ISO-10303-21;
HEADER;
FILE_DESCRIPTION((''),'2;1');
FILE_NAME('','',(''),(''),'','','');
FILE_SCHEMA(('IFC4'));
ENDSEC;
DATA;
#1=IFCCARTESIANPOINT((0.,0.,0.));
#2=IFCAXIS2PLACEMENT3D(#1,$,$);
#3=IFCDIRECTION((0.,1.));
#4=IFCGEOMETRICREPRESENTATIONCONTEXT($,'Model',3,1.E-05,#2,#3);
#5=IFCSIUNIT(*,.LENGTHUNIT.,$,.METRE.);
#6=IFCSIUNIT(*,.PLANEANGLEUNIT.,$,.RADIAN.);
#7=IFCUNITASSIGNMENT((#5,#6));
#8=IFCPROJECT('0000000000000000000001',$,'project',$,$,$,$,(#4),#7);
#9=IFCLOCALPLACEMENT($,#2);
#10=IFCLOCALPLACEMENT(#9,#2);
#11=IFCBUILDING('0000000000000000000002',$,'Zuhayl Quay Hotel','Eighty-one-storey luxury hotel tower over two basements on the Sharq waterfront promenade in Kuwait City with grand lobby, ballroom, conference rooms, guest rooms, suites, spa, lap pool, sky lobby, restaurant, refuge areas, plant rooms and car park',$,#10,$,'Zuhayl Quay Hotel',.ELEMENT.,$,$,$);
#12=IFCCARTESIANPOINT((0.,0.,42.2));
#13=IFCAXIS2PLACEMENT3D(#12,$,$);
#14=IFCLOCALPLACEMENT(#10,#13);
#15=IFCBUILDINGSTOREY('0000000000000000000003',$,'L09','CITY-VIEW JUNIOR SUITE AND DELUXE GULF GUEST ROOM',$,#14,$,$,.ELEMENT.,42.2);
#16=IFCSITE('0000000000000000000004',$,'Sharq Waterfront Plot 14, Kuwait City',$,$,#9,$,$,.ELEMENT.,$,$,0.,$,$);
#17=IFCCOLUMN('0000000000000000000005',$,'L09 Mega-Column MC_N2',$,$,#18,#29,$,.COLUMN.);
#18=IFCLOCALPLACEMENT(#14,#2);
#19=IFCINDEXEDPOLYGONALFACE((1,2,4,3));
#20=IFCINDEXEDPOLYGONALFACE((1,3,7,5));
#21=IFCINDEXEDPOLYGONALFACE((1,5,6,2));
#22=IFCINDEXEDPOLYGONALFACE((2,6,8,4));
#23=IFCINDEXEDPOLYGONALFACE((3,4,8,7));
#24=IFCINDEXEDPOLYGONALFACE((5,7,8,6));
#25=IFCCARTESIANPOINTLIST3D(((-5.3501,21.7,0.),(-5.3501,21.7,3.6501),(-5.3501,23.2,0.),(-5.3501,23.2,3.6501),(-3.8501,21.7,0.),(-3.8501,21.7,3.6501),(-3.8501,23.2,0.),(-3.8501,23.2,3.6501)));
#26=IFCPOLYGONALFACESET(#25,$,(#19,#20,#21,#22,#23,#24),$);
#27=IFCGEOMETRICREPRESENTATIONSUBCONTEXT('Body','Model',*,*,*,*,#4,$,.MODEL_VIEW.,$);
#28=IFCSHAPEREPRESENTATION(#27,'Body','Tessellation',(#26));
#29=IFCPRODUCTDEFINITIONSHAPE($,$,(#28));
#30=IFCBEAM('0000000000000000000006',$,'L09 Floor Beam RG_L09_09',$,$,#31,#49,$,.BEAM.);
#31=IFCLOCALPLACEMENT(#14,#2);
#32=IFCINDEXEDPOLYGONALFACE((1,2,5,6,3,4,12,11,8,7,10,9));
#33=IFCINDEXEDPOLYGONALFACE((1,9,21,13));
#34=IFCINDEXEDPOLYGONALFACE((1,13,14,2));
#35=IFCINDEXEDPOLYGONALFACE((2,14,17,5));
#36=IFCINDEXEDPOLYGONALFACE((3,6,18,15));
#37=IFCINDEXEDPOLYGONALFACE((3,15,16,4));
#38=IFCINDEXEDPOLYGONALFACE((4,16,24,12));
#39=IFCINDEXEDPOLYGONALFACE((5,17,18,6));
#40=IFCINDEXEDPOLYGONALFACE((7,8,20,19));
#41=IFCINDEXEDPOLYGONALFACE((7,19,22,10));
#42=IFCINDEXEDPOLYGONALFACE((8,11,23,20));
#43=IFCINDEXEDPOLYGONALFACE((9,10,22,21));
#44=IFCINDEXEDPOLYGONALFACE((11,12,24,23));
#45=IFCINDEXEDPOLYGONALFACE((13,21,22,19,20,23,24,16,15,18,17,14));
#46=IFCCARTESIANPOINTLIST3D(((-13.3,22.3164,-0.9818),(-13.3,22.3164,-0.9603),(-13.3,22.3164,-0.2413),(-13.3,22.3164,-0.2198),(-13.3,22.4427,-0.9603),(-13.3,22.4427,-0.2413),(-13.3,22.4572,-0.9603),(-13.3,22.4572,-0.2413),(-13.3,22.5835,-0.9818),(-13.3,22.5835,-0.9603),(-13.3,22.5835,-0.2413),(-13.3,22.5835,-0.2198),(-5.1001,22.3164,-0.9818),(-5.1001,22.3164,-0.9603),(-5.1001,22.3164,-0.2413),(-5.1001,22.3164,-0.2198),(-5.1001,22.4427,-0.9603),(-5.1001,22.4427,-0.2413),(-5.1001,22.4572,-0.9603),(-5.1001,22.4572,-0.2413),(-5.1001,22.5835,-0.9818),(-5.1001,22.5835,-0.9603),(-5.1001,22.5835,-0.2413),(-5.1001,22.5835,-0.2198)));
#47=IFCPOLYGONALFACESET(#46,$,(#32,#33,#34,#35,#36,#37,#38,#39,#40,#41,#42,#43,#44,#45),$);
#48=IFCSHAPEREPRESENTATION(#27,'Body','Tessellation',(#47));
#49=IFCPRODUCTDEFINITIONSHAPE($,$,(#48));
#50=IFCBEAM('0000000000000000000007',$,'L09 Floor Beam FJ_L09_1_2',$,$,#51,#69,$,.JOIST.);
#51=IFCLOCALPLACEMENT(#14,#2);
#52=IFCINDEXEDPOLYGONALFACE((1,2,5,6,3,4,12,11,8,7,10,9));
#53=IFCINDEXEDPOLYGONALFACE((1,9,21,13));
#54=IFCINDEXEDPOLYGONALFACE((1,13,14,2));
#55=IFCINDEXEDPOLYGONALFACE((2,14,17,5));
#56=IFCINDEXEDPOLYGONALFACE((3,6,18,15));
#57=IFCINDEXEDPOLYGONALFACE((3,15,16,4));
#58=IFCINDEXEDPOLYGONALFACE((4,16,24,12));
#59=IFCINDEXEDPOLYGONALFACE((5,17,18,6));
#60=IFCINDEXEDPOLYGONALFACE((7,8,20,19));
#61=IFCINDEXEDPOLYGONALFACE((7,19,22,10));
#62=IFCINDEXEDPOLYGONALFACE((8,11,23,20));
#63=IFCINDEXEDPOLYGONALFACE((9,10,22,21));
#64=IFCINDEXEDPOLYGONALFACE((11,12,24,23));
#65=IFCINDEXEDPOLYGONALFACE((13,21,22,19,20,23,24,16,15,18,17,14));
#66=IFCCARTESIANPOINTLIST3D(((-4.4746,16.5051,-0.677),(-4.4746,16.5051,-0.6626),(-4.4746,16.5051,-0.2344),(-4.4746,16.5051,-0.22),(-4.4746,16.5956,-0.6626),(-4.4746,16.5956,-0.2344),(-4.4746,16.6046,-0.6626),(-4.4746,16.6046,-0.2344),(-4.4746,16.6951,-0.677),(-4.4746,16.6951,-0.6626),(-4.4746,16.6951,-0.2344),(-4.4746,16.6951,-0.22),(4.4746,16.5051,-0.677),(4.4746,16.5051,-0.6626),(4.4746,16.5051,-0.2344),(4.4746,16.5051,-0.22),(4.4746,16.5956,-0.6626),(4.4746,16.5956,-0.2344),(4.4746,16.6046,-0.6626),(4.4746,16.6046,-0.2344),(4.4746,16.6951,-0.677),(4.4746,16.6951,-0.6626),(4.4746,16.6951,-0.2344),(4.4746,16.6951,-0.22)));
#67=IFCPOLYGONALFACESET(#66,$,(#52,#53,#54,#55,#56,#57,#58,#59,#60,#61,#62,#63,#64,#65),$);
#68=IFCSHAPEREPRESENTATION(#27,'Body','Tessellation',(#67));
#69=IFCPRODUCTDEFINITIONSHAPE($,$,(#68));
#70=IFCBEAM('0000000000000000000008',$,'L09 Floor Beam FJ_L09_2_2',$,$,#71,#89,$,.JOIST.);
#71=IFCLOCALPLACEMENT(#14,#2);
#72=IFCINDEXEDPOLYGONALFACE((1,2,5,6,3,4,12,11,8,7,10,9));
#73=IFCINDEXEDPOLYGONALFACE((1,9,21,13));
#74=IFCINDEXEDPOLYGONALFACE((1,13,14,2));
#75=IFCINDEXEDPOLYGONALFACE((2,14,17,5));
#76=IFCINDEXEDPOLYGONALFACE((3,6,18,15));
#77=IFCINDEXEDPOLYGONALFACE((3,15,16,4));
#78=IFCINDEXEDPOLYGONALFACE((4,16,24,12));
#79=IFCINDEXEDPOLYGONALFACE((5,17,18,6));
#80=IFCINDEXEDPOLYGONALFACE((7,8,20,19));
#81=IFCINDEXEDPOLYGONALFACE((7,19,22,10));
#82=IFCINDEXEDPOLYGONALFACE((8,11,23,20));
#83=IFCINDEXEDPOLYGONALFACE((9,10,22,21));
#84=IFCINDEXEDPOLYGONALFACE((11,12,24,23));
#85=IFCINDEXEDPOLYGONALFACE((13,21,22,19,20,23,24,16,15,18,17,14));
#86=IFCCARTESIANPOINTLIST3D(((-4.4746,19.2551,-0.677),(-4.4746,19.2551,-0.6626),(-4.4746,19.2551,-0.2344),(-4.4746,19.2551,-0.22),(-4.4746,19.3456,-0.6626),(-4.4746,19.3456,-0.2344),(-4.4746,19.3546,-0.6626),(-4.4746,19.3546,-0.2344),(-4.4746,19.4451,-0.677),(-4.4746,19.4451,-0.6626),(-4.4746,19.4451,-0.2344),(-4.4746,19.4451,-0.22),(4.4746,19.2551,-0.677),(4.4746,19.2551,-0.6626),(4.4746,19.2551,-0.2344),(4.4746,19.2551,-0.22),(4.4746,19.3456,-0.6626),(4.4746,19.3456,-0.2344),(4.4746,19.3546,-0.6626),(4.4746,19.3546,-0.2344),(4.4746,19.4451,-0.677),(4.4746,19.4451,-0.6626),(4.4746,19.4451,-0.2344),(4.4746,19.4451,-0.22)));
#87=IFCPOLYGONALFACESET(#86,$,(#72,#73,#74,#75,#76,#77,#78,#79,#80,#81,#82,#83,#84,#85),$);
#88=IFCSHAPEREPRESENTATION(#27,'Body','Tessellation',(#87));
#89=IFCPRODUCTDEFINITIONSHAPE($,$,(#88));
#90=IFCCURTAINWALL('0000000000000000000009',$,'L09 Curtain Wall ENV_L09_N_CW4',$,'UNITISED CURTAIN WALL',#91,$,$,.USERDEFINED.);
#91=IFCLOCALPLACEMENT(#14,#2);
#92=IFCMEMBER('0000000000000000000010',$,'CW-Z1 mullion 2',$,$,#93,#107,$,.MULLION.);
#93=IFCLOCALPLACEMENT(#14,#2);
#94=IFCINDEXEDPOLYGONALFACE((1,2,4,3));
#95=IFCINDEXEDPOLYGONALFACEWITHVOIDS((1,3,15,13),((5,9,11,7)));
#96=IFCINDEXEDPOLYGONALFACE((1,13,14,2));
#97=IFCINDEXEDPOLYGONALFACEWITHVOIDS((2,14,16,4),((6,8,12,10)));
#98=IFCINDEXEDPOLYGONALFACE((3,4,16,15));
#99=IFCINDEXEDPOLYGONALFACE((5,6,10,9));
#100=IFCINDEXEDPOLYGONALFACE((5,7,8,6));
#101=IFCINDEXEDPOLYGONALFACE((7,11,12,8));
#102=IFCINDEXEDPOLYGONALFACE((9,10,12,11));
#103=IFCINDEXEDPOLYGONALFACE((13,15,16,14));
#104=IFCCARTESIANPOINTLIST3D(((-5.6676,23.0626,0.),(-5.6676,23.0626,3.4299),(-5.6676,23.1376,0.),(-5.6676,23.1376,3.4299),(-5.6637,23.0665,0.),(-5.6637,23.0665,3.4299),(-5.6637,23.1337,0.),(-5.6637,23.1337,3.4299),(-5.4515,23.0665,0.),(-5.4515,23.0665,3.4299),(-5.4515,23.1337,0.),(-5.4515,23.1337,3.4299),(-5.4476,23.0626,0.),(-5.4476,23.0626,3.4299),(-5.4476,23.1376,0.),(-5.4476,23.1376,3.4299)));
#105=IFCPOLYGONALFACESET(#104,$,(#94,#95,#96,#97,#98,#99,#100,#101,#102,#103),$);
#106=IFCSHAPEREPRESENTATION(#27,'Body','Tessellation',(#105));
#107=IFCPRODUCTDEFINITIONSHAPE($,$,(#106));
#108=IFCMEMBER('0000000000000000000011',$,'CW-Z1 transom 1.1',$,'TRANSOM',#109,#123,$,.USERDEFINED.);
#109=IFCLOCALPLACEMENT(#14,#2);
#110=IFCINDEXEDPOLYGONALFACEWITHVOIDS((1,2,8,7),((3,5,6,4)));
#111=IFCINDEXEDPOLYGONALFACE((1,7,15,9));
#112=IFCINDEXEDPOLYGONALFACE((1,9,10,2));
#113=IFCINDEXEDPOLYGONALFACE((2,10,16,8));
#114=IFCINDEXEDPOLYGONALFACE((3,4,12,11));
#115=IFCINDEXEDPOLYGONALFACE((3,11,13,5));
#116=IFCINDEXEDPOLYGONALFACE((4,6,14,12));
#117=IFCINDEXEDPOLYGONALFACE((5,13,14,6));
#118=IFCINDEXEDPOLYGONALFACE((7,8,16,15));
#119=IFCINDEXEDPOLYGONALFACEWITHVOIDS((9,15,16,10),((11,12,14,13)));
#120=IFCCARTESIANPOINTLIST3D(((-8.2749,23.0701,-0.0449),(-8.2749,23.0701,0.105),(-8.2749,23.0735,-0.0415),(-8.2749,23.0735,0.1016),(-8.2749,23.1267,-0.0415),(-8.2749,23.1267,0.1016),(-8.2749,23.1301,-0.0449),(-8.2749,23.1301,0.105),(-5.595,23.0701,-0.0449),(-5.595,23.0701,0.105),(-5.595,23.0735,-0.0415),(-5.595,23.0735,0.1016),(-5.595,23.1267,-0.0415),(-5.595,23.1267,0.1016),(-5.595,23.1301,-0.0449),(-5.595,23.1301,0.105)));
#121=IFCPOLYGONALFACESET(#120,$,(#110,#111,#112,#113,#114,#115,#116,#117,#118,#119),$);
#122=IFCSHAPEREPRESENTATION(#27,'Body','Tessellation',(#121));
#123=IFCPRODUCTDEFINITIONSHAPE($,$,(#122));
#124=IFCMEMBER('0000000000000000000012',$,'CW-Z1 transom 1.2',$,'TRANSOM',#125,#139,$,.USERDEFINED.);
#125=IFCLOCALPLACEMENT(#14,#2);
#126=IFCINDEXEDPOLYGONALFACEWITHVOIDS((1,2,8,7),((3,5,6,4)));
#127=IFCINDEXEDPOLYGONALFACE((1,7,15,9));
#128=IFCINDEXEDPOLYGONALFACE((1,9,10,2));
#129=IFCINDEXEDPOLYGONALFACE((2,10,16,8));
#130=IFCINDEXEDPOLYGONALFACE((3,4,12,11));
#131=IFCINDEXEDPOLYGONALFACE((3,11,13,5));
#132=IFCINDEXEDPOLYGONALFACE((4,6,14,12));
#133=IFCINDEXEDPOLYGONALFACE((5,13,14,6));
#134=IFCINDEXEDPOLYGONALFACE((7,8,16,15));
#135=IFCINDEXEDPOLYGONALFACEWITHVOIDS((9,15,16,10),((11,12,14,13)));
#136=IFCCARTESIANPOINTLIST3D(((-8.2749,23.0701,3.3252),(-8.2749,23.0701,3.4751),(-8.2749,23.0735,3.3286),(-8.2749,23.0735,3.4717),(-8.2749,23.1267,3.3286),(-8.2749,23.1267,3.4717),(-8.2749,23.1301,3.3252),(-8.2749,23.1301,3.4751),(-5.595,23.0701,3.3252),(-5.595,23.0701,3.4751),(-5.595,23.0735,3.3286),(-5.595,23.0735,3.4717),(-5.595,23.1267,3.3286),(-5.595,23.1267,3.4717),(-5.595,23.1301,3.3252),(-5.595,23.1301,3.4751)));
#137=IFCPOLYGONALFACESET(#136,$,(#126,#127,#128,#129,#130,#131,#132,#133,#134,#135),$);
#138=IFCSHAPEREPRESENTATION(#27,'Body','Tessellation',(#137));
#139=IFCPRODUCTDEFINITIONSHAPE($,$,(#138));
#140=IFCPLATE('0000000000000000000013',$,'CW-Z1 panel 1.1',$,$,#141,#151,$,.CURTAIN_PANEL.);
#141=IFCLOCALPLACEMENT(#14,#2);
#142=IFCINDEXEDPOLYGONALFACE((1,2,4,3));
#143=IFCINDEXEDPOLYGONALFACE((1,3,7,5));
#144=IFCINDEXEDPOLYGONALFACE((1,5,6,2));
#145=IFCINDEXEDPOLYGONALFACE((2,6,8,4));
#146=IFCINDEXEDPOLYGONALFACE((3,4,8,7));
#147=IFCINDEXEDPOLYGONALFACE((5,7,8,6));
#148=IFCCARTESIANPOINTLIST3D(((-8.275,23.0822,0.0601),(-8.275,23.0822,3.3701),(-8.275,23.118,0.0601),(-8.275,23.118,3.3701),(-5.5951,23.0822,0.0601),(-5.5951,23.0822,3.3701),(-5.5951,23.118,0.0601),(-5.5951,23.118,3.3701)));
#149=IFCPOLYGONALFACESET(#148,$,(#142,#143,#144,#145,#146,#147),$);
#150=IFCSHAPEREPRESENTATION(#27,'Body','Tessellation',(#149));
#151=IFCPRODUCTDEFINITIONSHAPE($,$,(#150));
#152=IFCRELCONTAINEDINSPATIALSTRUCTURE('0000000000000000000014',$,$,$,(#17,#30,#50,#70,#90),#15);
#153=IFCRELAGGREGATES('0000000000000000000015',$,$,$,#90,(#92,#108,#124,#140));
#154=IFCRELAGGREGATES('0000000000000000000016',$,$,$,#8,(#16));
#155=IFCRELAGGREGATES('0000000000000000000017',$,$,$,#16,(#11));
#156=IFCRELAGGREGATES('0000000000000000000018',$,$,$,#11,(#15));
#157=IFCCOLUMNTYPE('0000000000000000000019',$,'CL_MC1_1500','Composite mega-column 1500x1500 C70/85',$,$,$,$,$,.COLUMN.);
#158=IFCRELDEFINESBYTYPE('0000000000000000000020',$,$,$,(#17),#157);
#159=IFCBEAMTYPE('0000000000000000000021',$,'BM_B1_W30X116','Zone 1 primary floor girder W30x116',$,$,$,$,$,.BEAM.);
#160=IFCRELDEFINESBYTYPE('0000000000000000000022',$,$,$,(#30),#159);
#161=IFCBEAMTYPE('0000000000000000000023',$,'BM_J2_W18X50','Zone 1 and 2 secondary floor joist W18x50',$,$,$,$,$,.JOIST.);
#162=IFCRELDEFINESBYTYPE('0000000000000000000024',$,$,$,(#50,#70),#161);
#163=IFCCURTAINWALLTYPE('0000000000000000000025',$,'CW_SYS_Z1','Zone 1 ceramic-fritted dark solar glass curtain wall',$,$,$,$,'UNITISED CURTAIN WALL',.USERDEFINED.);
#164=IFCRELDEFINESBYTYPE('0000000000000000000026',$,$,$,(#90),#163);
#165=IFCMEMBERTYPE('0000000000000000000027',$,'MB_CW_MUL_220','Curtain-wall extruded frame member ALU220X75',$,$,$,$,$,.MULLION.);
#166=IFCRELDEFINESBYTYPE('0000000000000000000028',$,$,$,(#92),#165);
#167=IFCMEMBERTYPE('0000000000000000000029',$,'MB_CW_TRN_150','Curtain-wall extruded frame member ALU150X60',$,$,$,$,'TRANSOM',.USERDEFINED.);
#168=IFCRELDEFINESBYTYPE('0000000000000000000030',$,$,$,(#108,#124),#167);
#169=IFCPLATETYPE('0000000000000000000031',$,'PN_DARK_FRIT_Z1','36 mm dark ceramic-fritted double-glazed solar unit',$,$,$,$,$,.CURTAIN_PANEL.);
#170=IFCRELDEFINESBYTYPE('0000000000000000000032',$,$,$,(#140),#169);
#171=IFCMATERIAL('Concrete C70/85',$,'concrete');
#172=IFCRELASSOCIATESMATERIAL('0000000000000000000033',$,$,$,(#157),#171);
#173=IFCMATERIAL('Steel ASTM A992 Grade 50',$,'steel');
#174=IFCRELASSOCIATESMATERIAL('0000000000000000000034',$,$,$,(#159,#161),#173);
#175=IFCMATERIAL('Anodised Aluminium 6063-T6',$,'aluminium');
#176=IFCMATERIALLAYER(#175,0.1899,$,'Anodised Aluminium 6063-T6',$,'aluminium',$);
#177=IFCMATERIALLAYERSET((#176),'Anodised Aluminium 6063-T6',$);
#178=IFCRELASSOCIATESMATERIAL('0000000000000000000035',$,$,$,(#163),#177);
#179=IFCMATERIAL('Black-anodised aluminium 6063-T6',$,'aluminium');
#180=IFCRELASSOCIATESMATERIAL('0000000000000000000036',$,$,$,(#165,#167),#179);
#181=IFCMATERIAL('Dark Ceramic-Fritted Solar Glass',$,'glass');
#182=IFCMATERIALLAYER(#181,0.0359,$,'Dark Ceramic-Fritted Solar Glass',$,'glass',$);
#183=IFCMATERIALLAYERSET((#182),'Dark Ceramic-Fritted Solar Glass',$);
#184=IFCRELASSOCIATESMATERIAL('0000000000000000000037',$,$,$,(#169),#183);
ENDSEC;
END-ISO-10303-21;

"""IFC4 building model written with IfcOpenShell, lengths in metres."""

from ifc_helpers import new_model, si_unit, direction, frame, origin, origin_2d, place, context, subcontext, project, spatial, rectangle, hollow_rectangle, i_section, extrude, material, layer, layer_set, material_profile, profile_set, type_object, element, aggregate, save


model = new_model("IFC4")

# Units and contexts
model_context = context("Model", 3, precision=1e-05, world=origin(), true_north=direction((0.0, 1.0)))
body_context = subcontext(model_context, "Body", "Model", "MODEL_VIEW")
ifc_project = project(units=[si_unit("LENGTHUNIT", "METRE"), si_unit("PLANEANGLEUNIT", "RADIAN")], contexts=[model_context])

# Site, building, storey
site_placement = place(None, origin())
site = spatial("IfcSite", under=ifc_project, at=site_placement, Name="Sharq Waterfront Plot 14, Kuwait City", CompositionType="ELEMENT", RefElevation=0.0)
building_placement = place(site_placement, origin())
building = spatial("IfcBuilding", under=site, at=building_placement, Name="Zuhayl Quay Hotel", Description="Eighty-one-storey luxury hotel tower over two basements on the Sharq waterfront promenade in Kuwait City with grand lobby, ballroom, conference rooms, guest rooms, suites, spa, lap pool, sky lobby, restaurant, refuge areas, plant rooms and car park", LongName="Zuhayl Quay Hotel", CompositionType="ELEMENT")
storey_placement = place(building_placement, frame((0.0, 0.0, 42.2)))
storey = spatial("IfcBuildingStorey", under=building, at=storey_placement, Name="L09", Description="CITY-VIEW JUNIOR SUITE AND DELUXE GULF GUEST ROOM", CompositionType="ELEMENT", Elevation=42.2)

# Column
ifc_material_1 = material(Name="Concrete C70/85", Category="concrete")
ifc_material_profile_1 = material_profile(ifc_material_1, rectangle(XDim=1.5, YDim=1.5, at=origin_2d()), Name="RC1500X1500")
ifc_profile_set_1 = profile_set([ifc_material_profile_1], Name="Concrete C70/85")
column_type = type_object("IfcColumnType", Name="CL_MC1_1500", Description="Composite mega-column 1500x1500 C70/85", PredefinedType="COLUMN", material=ifc_profile_set_1)
column_placement = place(storey_placement, frame((-4.6001, 22.45, 0.0), z_axis=(0.0, 0.0, 1.0), x_axis=(1.0, 0.0, 0.0)))
element("IfcColumn", 1, at=column_placement, inside=storey, type_object=column_type, Name="L09 Mega-Column MC_N2", PredefinedType="COLUMN", context=body_context, shape_type="SweptSolid", body=[
    extrude(rectangle(XDim=1.5, YDim=1.5, at=origin_2d()), origin(), (0.0, 0.0, 1.0), 3.6501),
])

# Beams
ifc_material_2 = material(Name="Steel ASTM A992 Grade 50", Category="steel")
ifc_material_profile_2 = material_profile(ifc_material_2, i_section(OverallWidth=0.2671, OverallDepth=0.762, WebThickness=0.0144, FlangeThickness=0.0215, at=origin_2d()), Name="W30X116")
ifc_profile_set_2 = profile_set([ifc_material_profile_2], Name="Steel ASTM A992 Grade 50")
beam_type_1 = type_object("IfcBeamType", Name="BM_B1_W30X116", Description="Zone 1 primary floor girder W30x116", PredefinedType="BEAM", material=ifc_profile_set_2)
beam_placement = place(storey_placement, frame((-5.1001, 22.45, -0.6008), z_axis=(-1.0, 0.0, 0.0), x_axis=(0.0, -1.0, 0.0)))
element("IfcBeam", 2, at=beam_placement, inside=storey, type_object=beam_type_1, Name="L09 Floor Beam RG_L09_09", PredefinedType="BEAM", context=body_context, shape_type="SweptSolid", body=[
    extrude(i_section(OverallWidth=0.2671, OverallDepth=0.762, WebThickness=0.0144, FlangeThickness=0.0215, at=origin_2d()), origin(), (0.0, 0.0, 1.0), 8.2),
])
ifc_material_profile_3 = material_profile(ifc_material_2, i_section(OverallWidth=0.1899, OverallDepth=0.457, WebThickness=0.009, FlangeThickness=0.0144, at=origin_2d()), Name="W18X50")
ifc_profile_set_3 = profile_set([ifc_material_profile_3], Name="Steel ASTM A992 Grade 50")
beam_type_2 = type_object("IfcBeamType", Name="BM_J2_W18X50", Description="Zone 1 and 2 secondary floor joist W18x50", PredefinedType="JOIST", material=ifc_profile_set_3)
for number, where, z_axis, x_axis, name in (
    (3, (-4.4746, 16.6001, -0.4485), (1.0, 0.0, 0.0), (0.0, 1.0, 0.0), "L09 Floor Beam FJ_L09_1_2"),
    (4, (-4.4746, 19.3501, -0.4485), (1.0, 0.0, 0.0), (0.0, 1.0, 0.0), "L09 Floor Beam FJ_L09_2_2"),
):
    element("IfcBeam", number, at=place(storey_placement, frame(where, z_axis=z_axis, x_axis=x_axis)), inside=storey, type_object=beam_type_2, Name=name, PredefinedType="JOIST", context=body_context, shape_type="SweptSolid", body=[
        extrude(i_section(OverallWidth=0.1899, OverallDepth=0.457, WebThickness=0.009, FlangeThickness=0.0144, at=origin_2d()), origin(), (0.0, 0.0, 1.0), 8.9492),
    ])

# Curtain wall, members, plate
ifc_material_3 = material(Name="Anodised Aluminium 6063-T6", Category="aluminium")
ifc_layer_1 = layer(ifc_material_3, 0.1899, Name="Anodised Aluminium 6063-T6", Category="aluminium")
ifc_layer_set_1 = layer_set([ifc_layer_1], Name="Anodised Aluminium 6063-T6")
curtain_wall_type = type_object("IfcCurtainWallType", Name="CW_SYS_Z1", Description="Zone 1 ceramic-fritted dark solar glass curtain wall", ElementType="UNITISED CURTAIN WALL", PredefinedType="USERDEFINED", material=ifc_layer_set_1)
curtain_wall_placement = place(storey_placement, origin())
curtain_wall = element("IfcCurtainWall", 5, at=curtain_wall_placement, inside=storey, type_object=curtain_wall_type, Name="L09 Curtain Wall ENV_L09_N_CW4", ObjectType="UNITISED CURTAIN WALL", PredefinedType="USERDEFINED")
ifc_material_4 = material(Name="Black-anodised aluminium 6063-T6", Category="aluminium")
ifc_material_profile_4 = material_profile(ifc_material_4, hollow_rectangle(XDim=0.075, YDim=0.22, WallThickness=0.0039, at=origin_2d()), Name="ALU220X75")
ifc_profile_set_4 = profile_set([ifc_material_profile_4], Name="Black-anodised aluminium 6063-T6")
member_type_1 = type_object("IfcMemberType", Name="MB_CW_MUL_220", Description="Curtain-wall extruded frame member ALU220X75", PredefinedType="MULLION", material=ifc_profile_set_4)
member_1_placement = place(storey_placement, frame((-5.5576, 23.1001, 0.0), z_axis=(0.0, 0.0, 1.0), x_axis=(0.0, 1.0, 0.0)))
member_1 = element("IfcMember", 6, at=member_1_placement, type_object=member_type_1, Name="CW-Z1 mullion 2", PredefinedType="MULLION", context=body_context, shape_type="SweptSolid", body=[
    extrude(hollow_rectangle(XDim=0.075, YDim=0.22, WallThickness=0.0039, at=origin_2d()), origin(), (0.0, 0.0, 1.0), 3.4299),
])
ifc_material_profile_5 = material_profile(ifc_material_4, hollow_rectangle(XDim=0.0601, YDim=0.1499, WallThickness=0.0034, at=origin_2d()), Name="ALU150X60")
ifc_profile_set_5 = profile_set([ifc_material_profile_5], Name="Black-anodised aluminium 6063-T6")
member_type_2 = type_object("IfcMemberType", Name="MB_CW_TRN_150", Description="Curtain-wall extruded frame member ALU150X60", ElementType="TRANSOM", PredefinedType="USERDEFINED", material=ifc_profile_set_5)
member_2_placement = place(storey_placement, frame((-8.2749, 23.1001, 0.03), z_axis=(1.0, 0.0, 0.0), x_axis=(0.0, 1.0, 0.0)))
member_2 = element("IfcMember", 7, at=member_2_placement, type_object=member_type_2, Name="CW-Z1 transom 1.1", ObjectType="TRANSOM", PredefinedType="USERDEFINED", context=body_context, shape_type="SweptSolid", body=[
    extrude(hollow_rectangle(XDim=0.0601, YDim=0.1499, WallThickness=0.0034, at=origin_2d()), origin(), (0.0, 0.0, 1.0), 2.6799),
])
member_3_placement = place(storey_placement, frame((-8.2749, 23.1001, 3.4001), z_axis=(1.0, 0.0, 0.0), x_axis=(0.0, 1.0, 0.0)))
member_3 = element("IfcMember", 8, at=member_3_placement, type_object=member_type_2, Name="CW-Z1 transom 1.2", ObjectType="TRANSOM", PredefinedType="USERDEFINED", context=body_context, shape_type="SweptSolid", body=[
    extrude(hollow_rectangle(XDim=0.0601, YDim=0.1499, WallThickness=0.0034, at=origin_2d()), origin(), (0.0, 0.0, 1.0), 2.6799),
])
ifc_material_5 = material(Name="Dark Ceramic-Fritted Solar Glass", Category="glass")
ifc_layer_2 = layer(ifc_material_5, 0.0359, Name="Dark Ceramic-Fritted Solar Glass", Category="glass")
ifc_layer_set_2 = layer_set([ifc_layer_2], Name="Dark Ceramic-Fritted Solar Glass")
plate_type = type_object("IfcPlateType", Name="PN_DARK_FRIT_Z1", Description="36 mm dark ceramic-fritted double-glazed solar unit", PredefinedType="CURTAIN_PANEL", material=ifc_layer_set_2)
plate_placement = place(storey_placement, frame((-6.9351, 23.1001, 0.0601), z_axis=(0.0, 0.0, 1.0), x_axis=(1.0, 0.0, 0.0)))
plate = element("IfcPlate", 9, at=plate_placement, type_object=plate_type, Name="CW-Z1 panel 1.1", PredefinedType="CURTAIN_PANEL", context=body_context, shape_type="SweptSolid", body=[
    extrude(rectangle(XDim=2.6799, YDim=0.0359, at=origin_2d()), origin(), (0.0, 0.0, 1.0), 3.3101),
])
aggregate(curtain_wall, [member_1, member_2, member_3, plate])

save(model, "model.ifc")
